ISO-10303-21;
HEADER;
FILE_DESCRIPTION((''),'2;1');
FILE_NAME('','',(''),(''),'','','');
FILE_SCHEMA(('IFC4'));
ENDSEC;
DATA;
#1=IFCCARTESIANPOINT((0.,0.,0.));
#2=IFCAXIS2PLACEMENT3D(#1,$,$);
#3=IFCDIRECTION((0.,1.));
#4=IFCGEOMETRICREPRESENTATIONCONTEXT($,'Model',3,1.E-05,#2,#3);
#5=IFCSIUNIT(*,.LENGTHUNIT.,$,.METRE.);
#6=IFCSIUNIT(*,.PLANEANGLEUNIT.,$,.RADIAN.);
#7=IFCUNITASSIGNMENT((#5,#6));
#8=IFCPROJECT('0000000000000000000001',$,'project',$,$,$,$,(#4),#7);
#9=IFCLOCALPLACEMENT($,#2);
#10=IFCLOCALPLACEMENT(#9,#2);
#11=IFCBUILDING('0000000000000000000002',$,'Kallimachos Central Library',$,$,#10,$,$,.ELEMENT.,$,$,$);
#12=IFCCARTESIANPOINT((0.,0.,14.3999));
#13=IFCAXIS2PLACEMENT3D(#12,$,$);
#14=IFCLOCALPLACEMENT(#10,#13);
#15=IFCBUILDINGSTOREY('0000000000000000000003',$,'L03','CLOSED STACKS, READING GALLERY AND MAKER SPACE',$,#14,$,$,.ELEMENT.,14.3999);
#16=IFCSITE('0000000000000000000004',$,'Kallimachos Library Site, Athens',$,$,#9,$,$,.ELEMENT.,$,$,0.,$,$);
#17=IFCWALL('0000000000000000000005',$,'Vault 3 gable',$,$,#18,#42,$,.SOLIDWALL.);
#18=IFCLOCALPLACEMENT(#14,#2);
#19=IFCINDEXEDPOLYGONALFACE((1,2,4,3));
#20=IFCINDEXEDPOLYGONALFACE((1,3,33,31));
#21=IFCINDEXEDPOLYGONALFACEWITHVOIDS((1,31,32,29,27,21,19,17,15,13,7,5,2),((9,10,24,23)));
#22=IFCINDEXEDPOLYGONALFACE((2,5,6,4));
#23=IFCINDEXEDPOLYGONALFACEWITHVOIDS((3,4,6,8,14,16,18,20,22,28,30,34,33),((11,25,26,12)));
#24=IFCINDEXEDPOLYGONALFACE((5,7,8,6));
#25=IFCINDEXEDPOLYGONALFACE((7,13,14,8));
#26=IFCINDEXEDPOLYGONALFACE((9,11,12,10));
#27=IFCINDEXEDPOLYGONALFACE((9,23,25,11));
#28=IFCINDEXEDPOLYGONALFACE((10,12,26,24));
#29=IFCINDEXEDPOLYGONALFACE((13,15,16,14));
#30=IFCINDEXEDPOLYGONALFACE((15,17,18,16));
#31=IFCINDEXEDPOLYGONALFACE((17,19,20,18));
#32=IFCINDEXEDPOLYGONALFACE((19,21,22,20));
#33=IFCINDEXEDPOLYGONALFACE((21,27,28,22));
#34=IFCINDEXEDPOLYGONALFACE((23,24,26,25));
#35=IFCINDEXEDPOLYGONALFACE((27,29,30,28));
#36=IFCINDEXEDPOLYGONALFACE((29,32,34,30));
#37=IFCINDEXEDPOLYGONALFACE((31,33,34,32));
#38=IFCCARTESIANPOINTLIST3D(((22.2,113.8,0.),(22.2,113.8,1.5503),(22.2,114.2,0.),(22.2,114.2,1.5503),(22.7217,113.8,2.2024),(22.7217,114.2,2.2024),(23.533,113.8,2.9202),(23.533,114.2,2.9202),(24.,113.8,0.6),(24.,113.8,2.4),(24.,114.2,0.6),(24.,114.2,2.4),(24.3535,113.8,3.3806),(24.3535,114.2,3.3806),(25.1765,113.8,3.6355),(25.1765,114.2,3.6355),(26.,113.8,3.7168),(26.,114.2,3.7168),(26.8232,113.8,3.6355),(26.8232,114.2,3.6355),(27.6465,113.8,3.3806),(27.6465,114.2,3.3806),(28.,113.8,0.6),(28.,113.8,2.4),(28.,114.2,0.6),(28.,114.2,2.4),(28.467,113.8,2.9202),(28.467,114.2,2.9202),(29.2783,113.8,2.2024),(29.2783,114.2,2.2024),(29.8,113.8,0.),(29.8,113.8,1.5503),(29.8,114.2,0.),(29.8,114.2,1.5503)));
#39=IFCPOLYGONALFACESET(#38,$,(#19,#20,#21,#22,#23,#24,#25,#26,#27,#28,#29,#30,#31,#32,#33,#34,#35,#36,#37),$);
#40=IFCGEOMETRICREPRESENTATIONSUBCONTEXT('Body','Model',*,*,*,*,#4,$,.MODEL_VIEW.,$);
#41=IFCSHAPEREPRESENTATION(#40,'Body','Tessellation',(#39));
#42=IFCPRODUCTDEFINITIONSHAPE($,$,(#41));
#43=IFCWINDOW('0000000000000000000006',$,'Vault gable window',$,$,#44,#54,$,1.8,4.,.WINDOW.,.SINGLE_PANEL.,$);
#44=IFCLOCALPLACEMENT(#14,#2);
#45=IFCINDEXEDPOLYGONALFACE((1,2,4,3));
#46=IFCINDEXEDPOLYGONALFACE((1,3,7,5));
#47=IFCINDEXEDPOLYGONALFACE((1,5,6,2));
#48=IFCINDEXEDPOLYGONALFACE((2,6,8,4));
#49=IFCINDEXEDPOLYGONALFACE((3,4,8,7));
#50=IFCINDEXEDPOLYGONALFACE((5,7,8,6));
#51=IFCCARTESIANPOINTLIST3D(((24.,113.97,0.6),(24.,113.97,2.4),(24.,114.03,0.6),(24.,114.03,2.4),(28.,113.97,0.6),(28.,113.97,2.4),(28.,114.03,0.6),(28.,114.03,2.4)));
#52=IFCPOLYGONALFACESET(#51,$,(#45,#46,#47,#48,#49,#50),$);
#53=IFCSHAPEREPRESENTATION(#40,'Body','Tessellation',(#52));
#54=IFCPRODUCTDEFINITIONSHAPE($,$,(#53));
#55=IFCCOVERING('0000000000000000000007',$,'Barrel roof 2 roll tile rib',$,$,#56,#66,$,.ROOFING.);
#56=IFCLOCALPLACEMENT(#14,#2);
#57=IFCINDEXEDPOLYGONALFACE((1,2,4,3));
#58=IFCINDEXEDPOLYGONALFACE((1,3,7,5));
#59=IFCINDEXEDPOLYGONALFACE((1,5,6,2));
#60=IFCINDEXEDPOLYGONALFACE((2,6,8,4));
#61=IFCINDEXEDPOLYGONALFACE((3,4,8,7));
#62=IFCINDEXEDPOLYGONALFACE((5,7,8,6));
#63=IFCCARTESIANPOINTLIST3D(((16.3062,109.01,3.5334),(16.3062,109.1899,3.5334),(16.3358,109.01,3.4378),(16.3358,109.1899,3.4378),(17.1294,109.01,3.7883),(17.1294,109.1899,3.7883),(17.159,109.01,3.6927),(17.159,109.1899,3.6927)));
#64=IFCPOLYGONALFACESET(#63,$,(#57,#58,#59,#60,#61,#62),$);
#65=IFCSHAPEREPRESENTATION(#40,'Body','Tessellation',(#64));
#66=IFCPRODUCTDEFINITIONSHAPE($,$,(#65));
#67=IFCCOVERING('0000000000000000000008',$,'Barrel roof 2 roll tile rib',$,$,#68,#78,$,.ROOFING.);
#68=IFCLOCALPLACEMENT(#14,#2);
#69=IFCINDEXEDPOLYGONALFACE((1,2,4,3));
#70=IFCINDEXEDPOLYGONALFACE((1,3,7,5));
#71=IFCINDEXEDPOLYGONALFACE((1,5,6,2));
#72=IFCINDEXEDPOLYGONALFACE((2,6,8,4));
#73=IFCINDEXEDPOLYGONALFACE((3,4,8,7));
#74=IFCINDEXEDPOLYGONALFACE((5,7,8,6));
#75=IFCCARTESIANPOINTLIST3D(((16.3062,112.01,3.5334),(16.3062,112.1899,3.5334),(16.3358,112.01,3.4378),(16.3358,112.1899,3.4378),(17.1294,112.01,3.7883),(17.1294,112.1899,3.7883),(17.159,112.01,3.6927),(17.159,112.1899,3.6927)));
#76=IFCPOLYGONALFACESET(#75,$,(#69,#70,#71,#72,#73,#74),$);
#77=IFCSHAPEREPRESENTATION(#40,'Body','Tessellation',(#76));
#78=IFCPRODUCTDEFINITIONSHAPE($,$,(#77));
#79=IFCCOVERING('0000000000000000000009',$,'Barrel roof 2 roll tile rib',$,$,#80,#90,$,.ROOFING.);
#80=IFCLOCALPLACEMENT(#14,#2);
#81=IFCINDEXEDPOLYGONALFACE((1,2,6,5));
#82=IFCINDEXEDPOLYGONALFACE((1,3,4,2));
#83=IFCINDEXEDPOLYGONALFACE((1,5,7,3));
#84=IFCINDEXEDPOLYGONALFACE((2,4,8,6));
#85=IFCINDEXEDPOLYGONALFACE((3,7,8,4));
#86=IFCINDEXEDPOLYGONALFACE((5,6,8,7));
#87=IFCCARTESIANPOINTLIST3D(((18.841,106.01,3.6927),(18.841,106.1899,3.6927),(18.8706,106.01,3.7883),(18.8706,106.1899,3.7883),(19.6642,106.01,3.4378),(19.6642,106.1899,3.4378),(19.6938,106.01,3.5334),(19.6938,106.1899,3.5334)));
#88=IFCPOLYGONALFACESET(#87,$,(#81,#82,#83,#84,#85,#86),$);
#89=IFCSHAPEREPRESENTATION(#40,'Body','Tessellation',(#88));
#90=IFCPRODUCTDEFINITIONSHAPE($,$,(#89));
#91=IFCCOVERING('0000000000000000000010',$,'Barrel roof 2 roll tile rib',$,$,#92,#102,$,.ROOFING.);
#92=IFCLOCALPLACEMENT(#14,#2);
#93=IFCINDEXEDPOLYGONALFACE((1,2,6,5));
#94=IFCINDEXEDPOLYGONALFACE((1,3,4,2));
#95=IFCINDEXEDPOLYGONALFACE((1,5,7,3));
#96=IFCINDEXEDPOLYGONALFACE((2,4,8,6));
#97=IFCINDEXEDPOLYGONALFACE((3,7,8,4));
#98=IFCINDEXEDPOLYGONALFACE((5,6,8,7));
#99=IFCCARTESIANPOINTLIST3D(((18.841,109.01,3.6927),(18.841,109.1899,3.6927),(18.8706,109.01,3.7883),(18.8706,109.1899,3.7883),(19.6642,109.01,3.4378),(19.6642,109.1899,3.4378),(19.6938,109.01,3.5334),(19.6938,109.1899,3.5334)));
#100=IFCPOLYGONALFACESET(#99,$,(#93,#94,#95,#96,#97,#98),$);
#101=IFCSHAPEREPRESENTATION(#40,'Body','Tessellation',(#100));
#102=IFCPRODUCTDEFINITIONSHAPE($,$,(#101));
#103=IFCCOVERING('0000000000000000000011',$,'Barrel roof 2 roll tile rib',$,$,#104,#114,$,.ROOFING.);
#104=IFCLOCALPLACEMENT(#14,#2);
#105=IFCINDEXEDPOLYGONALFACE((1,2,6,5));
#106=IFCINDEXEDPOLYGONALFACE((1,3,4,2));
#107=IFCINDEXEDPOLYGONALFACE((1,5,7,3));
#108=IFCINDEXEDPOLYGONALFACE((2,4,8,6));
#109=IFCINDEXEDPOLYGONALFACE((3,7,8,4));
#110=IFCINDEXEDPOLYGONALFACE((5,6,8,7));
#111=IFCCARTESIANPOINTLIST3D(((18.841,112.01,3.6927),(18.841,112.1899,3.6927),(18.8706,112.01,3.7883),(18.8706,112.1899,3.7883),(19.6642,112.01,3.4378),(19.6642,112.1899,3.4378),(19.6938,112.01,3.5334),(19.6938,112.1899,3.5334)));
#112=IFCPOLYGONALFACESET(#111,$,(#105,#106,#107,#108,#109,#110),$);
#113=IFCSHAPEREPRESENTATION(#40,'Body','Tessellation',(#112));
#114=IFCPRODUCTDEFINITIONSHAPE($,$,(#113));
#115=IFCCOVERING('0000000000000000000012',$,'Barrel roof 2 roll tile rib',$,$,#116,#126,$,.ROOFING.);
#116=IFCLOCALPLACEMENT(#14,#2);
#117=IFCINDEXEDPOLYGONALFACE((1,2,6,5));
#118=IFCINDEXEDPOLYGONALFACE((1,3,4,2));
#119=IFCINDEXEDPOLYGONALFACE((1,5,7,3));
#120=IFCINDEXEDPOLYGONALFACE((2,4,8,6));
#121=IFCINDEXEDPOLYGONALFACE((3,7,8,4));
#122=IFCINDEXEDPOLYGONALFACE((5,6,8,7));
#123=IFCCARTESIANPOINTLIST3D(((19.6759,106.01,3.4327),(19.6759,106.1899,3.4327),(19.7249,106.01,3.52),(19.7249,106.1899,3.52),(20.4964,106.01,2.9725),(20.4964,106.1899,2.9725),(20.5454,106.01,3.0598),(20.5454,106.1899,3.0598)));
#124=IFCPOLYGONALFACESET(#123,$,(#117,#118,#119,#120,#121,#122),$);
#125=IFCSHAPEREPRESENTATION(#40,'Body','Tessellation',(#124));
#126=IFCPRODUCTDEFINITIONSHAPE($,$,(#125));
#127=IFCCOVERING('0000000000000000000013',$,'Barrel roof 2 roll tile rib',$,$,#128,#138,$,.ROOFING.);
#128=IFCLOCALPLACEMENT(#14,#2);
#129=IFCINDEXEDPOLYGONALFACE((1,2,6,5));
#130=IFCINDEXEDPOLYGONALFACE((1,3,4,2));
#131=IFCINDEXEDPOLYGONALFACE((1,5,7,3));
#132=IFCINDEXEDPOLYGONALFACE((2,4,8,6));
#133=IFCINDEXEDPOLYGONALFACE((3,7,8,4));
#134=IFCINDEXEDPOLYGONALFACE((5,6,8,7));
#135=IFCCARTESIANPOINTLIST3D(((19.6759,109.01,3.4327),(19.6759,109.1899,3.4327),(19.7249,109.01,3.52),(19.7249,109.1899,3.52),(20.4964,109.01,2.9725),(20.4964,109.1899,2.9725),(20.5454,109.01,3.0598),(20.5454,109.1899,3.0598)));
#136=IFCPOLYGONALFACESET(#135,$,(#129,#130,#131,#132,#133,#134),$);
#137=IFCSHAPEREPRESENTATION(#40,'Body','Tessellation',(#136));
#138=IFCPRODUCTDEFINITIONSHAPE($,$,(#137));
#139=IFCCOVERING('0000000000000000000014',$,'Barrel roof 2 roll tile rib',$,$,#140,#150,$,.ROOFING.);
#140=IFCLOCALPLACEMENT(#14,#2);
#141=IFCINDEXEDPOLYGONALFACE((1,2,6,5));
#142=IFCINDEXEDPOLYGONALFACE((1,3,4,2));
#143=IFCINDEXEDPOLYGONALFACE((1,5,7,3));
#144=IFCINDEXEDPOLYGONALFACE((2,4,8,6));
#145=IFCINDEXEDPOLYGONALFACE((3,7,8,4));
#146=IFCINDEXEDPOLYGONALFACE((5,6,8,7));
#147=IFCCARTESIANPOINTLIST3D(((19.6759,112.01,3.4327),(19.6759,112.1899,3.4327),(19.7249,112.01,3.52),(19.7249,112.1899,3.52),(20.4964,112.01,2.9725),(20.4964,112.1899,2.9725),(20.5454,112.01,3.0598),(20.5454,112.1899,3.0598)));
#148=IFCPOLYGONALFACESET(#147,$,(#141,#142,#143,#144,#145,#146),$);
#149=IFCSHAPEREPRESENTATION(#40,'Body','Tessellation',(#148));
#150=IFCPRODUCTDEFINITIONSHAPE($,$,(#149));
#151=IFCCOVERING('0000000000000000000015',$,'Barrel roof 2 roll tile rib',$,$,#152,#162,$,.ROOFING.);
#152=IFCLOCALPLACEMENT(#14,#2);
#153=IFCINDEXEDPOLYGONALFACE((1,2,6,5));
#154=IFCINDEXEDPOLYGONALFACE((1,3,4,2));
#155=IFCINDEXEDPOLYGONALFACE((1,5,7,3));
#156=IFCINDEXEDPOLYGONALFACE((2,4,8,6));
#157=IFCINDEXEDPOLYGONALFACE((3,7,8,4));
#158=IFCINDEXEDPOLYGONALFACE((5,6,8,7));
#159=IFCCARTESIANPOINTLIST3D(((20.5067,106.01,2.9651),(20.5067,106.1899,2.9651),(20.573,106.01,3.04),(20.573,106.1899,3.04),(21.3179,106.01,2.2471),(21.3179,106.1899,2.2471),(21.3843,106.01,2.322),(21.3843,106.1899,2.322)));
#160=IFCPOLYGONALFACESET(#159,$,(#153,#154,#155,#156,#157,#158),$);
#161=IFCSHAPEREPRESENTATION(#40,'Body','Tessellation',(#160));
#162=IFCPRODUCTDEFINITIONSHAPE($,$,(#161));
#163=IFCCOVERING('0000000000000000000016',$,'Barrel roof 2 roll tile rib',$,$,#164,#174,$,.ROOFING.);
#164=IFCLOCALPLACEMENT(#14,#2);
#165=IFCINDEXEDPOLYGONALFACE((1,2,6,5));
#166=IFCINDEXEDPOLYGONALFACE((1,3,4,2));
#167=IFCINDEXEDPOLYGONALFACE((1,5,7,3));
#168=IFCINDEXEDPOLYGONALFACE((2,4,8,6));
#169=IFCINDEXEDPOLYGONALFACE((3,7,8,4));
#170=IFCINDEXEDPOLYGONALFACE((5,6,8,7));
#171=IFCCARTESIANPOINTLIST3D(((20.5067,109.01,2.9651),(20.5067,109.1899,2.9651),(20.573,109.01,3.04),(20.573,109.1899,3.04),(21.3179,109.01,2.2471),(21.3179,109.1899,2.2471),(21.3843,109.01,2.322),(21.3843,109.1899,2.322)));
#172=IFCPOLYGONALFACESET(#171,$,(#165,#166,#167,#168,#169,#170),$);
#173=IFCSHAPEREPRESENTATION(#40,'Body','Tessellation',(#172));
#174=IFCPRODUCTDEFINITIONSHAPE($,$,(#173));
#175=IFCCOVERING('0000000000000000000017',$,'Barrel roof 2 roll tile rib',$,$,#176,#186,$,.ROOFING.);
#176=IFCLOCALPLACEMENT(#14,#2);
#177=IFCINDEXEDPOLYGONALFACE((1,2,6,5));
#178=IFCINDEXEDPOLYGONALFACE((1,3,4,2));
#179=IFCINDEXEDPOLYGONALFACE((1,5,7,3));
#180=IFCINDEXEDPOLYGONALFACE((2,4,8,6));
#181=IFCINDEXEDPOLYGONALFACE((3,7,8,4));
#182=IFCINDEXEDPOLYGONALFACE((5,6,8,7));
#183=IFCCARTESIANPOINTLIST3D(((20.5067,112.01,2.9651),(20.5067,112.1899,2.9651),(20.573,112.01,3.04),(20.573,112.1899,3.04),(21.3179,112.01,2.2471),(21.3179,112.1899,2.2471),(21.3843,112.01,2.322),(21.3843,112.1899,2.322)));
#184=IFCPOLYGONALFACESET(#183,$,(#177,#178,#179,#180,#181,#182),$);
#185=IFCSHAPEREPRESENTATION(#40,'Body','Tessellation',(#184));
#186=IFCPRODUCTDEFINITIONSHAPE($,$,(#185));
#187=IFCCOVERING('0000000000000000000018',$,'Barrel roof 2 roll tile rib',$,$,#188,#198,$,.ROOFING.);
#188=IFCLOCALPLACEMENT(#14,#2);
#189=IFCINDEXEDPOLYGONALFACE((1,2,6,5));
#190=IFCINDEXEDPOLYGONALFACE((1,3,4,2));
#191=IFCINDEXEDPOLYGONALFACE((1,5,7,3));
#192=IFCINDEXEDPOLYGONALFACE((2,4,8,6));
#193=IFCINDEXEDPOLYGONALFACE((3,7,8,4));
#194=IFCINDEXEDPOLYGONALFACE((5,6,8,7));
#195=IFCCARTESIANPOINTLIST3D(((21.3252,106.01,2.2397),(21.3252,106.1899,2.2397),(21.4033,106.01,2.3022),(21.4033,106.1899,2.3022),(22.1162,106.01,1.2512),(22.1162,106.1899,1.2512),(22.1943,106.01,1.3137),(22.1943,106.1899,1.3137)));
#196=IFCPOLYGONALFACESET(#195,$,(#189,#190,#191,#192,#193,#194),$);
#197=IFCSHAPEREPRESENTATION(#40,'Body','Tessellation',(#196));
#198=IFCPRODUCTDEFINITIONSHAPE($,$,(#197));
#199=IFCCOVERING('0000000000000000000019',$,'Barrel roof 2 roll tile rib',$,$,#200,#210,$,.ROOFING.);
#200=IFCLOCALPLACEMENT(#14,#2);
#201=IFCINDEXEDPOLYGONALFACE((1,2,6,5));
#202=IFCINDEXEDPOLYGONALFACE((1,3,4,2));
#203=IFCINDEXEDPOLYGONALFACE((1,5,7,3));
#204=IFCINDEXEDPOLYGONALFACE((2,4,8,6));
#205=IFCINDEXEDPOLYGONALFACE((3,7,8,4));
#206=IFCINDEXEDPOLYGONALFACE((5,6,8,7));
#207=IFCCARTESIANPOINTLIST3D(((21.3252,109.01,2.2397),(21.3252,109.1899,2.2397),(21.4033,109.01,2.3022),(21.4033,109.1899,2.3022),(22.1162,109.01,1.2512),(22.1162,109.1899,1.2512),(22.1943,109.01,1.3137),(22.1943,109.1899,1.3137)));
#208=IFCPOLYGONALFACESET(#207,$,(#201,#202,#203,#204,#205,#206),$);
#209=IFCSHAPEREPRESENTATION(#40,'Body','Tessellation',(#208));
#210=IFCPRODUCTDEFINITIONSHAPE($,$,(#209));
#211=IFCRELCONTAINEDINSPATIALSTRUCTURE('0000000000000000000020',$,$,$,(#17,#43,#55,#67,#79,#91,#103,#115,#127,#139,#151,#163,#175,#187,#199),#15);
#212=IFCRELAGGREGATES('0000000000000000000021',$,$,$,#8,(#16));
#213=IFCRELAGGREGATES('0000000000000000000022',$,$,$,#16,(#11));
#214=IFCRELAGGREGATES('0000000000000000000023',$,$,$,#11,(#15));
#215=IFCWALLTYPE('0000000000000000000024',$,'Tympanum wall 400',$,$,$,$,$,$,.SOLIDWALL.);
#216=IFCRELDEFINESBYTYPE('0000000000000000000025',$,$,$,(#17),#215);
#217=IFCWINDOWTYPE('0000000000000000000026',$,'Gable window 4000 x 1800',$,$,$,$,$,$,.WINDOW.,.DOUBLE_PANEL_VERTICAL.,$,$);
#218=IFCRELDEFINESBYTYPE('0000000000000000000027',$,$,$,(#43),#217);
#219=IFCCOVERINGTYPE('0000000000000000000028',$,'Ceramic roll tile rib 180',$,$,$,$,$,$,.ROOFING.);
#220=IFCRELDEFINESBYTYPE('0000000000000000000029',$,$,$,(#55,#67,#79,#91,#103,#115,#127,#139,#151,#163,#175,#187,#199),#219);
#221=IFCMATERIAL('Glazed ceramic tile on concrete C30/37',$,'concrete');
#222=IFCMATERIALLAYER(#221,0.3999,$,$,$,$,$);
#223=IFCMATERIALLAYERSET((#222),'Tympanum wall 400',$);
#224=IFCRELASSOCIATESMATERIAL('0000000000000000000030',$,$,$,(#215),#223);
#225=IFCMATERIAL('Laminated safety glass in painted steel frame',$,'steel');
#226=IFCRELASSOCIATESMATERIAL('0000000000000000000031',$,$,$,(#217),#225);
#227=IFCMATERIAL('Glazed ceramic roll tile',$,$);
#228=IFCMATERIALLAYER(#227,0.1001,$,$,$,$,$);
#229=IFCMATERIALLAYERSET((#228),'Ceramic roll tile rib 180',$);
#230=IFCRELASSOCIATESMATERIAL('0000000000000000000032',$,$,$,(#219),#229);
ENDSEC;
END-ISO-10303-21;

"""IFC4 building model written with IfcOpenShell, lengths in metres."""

from ifc_helpers import new_model, si_unit, direction, frame, frame_2d, origin, place, context, subcontext, project, spatial, polyline, rectangle, outline, extrude, material, layer, layer_set, type_object, element, fill, save


model = new_model("IFC4")

# Units and contexts
model_context = context("Model", 3, precision=1e-05, world=origin(), true_north=direction((0.0, 1.0)))
body_context = subcontext(model_context, "Body", "Model", "MODEL_VIEW")
ifc_project = project(units=[si_unit("LENGTHUNIT", "METRE"), si_unit("PLANEANGLEUNIT", "RADIAN")], contexts=[model_context])

# Site, building, storey
site_placement = place(None, origin())
site = spatial("IfcSite", under=ifc_project, at=site_placement, Name="Kallimachos Library Site, Athens", CompositionType="ELEMENT", RefElevation=0.0)
building_placement = place(site_placement, origin())
building = spatial("IfcBuilding", under=site, at=building_placement, Name="Kallimachos Central Library", CompositionType="ELEMENT")
storey_placement = place(building_placement, frame((0.0, 0.0, 14.3999)))
storey = spatial("IfcBuildingStorey", under=building, at=storey_placement, Name="L03", Description="CLOSED STACKS, READING GALLERY AND MAKER SPACE", CompositionType="ELEMENT", Elevation=14.3999)

# Wall, opening, window
ifc_material_1 = material(Name="Glazed ceramic tile on concrete C30/37", Category="concrete")
ifc_layer_1 = layer(ifc_material_1, 0.3999)
ifc_layer_set_1 = layer_set([ifc_layer_1], Name="Tympanum wall 400")
wall_type = type_object("IfcWallType", Name="Tympanum wall 400", PredefinedType="SOLIDWALL", material=ifc_layer_set_1)
wall_placement = place(storey_placement, frame((22.2, 114.0, 0.0), z_axis=(0.0, 0.0, 1.0), x_axis=(1.0, 0.0, 0.0)))
wall = element("IfcWall", 1, at=wall_placement, inside=storey, type_object=wall_type, Name="Vault 3 gable", PredefinedType="SOLIDWALL", context=body_context, shape_type="SweptSolid", body=[
    extrude(outline(polyline([(0.0, 0.0), (7.6001, 0.0), (7.6001, 1.5503), (7.0784, 2.2024), (6.2671, 2.9202), (5.4465, 3.3806), (4.6233, 3.6355), (3.8, 3.7168), (2.9766, 3.6355), (2.1536, 3.3806), (1.333, 2.9202), (0.5217, 2.2024), (0.0, 1.5503), (0.0, 0.0)])), frame((0.0, 0.2, 0.0), z_axis=(0.0, -1.0, 0.0), x_axis=(1.0, 0.0, 0.0)), (0.0, 0.0, 1.0), 0.3999),
])
opening_placement = place(wall_placement, frame((1.8, 0.0, 0.6001)))
opening = element("IfcOpeningElement", 2, at=opening_placement, cuts=wall, PredefinedType="OPENING", context=body_context, shape_type="SweptSolid", body=[
    extrude(rectangle(XDim=4.0, YDim=1.8, at=frame_2d((2.0, 0.8999))), frame((0.0, 0.21, 0.0), z_axis=(0.0, -1.0, 0.0), x_axis=(1.0, 0.0, 0.0)), (0.0, 0.0, 1.0), 0.4199),
])
ifc_material_2 = material(Name="Laminated safety glass in painted steel frame", Category="steel")
window_type = type_object("IfcWindowType", Name="Gable window 4000 x 1800", PartitioningType="DOUBLE_PANEL_VERTICAL", PredefinedType="WINDOW", material=ifc_material_2)
window_placement = place(opening_placement, origin())
window = element("IfcWindow", 3, at=window_placement, inside=storey, type_object=window_type, Name="Vault gable window", OverallHeight=1.8, OverallWidth=4.0, PartitioningType="SINGLE_PANEL", PredefinedType="WINDOW", context=body_context, shape_type="SweptSolid", body=[
    extrude(rectangle(XDim=4.0, YDim=1.8, at=frame_2d((2.0, 0.8999))), frame((0.0, 0.03, 0.0), z_axis=(0.0, -1.0, 0.0), x_axis=(1.0, 0.0, 0.0)), (0.0, 0.0, 1.0), 0.0601),
])
fill(opening, window)

# Coverings
ifc_material_3 = material(Name="Glazed ceramic roll tile")
ifc_layer_2 = layer(ifc_material_3, 0.1001)
ifc_layer_set_2 = layer_set([ifc_layer_2], Name="Ceramic roll tile rib 180")
covering_type_1 = type_object("IfcCoveringType", Name="Ceramic roll tile rib 180", PredefinedType="ROOFING", material=ifc_layer_set_2)
for number, where, z_axis, x_axis, name in (
    (4, (16.3062, 109.01, 3.5334), (-0.295758, 0.0, 0.955263), (0.955263, 0.0, 0.295758), "Barrel roof 2 roll tile rib"),
    (5, (16.3062, 112.01, 3.5334), (-0.295758, 0.0, 0.955263), (0.955263, 0.0, 0.295758), "Barrel roof 2 roll tile rib"),
    (6, (18.8706, 106.01, 3.7883), (0.295758, 0.0, 0.955263), (0.955263, 0.0, -0.295758), "Barrel roof 2 roll tile rib"),
    (7, (18.8706, 109.01, 3.7883), (0.295758, 0.0, 0.955263), (0.955263, 0.0, -0.295758), "Barrel roof 2 roll tile rib"),
    (8, (18.8706, 112.01, 3.7883), (0.295758, 0.0, 0.955263), (0.955263, 0.0, -0.295758), "Barrel roof 2 roll tile rib"),
):
    element("IfcCovering", number, at=place(storey_placement, frame(where, z_axis=z_axis, x_axis=x_axis)), inside=storey, type_object=covering_type_1, Name=name, PredefinedType="ROOFING", context=body_context, shape_type="SweptSolid", body=[
        extrude(outline(polyline([(0.0, 0.0), (0.8618, 0.0), (0.8618, 0.1799), (0.0, 0.1799), (0.0, 0.0)])), origin(), (0.0, 0.0, -1.0), 0.1001),
    ])
for number, where, z_axis, x_axis, name in (
    (9, (19.7249, 106.01, 3.52), (0.489164, 0.0, 0.872192), (0.872192, 0.0, -0.489164), "Barrel roof 2 roll tile rib"),
    (10, (19.7249, 109.01, 3.52), (0.489164, 0.0, 0.872192), (0.872192, 0.0, -0.489164), "Barrel roof 2 roll tile rib"),
    (11, (19.7249, 112.01, 3.52), (0.489164, 0.0, 0.872192), (0.872192, 0.0, -0.489164), "Barrel roof 2 roll tile rib"),
):
    element("IfcCovering", number, at=place(storey_placement, frame(where, z_axis=z_axis, x_axis=x_axis)), inside=storey, type_object=covering_type_1, Name=name, PredefinedType="ROOFING", context=body_context, shape_type="SweptSolid", body=[
        extrude(outline(polyline([(0.0, 0.0), (0.9408, 0.0), (0.9408, 0.1799), (0.0, 0.1799), (0.0, 0.0)])), origin(), (0.0, 0.0, -1.0), 0.1001),
    ])
for number, where, z_axis, x_axis, name in (
    (12, (20.573, 106.01, 3.04), (0.662754, 0.0, 0.748837), (0.748837, 0.0, -0.662754), "Barrel roof 2 roll tile rib"),
    (13, (20.573, 109.01, 3.04), (0.662754, 0.0, 0.748837), (0.748837, 0.0, -0.662754), "Barrel roof 2 roll tile rib"),
    (14, (20.573, 112.01, 3.04), (0.662754, 0.0, 0.748837), (0.748837, 0.0, -0.662754), "Barrel roof 2 roll tile rib"),
):
    element("IfcCovering", number, at=place(storey_placement, frame(where, z_axis=z_axis, x_axis=x_axis)), inside=storey, type_object=covering_type_1, Name=name, PredefinedType="ROOFING", context=body_context, shape_type="SweptSolid", body=[
        extrude(outline(polyline([(0.0, 0.0), (1.0834, 0.0), (1.0834, 0.1799), (0.0, 0.1799), (0.0, 0.0)])), origin(), (0.0, 0.0, -1.0), 0.1001),
    ])
for number, where, z_axis, x_axis, name in (
    (15, (21.4033, 106.01, 2.3022), (0.780794, 0.0, 0.624789), (0.624789, 0.0, -0.780794), "Barrel roof 2 roll tile rib"),
    (16, (21.4033, 109.01, 2.3022), (0.780794, 0.0, 0.624789), (0.624789, 0.0, -0.780794), "Barrel roof 2 roll tile rib"),
):
    element("IfcCovering", number, at=place(storey_placement, frame(where, z_axis=z_axis, x_axis=x_axis)), inside=storey, type_object=covering_type_1, Name=name, PredefinedType="ROOFING", context=body_context, shape_type="SweptSolid", body=[
        extrude(outline(polyline([(0.0, 0.0), (1.2661, 0.0), (1.2661, 0.1799), (0.0, 0.1799), (0.0, 0.0)])), origin(), (0.0, 0.0, -1.0), 0.1001),
    ])

save(model, "model.ifc")
